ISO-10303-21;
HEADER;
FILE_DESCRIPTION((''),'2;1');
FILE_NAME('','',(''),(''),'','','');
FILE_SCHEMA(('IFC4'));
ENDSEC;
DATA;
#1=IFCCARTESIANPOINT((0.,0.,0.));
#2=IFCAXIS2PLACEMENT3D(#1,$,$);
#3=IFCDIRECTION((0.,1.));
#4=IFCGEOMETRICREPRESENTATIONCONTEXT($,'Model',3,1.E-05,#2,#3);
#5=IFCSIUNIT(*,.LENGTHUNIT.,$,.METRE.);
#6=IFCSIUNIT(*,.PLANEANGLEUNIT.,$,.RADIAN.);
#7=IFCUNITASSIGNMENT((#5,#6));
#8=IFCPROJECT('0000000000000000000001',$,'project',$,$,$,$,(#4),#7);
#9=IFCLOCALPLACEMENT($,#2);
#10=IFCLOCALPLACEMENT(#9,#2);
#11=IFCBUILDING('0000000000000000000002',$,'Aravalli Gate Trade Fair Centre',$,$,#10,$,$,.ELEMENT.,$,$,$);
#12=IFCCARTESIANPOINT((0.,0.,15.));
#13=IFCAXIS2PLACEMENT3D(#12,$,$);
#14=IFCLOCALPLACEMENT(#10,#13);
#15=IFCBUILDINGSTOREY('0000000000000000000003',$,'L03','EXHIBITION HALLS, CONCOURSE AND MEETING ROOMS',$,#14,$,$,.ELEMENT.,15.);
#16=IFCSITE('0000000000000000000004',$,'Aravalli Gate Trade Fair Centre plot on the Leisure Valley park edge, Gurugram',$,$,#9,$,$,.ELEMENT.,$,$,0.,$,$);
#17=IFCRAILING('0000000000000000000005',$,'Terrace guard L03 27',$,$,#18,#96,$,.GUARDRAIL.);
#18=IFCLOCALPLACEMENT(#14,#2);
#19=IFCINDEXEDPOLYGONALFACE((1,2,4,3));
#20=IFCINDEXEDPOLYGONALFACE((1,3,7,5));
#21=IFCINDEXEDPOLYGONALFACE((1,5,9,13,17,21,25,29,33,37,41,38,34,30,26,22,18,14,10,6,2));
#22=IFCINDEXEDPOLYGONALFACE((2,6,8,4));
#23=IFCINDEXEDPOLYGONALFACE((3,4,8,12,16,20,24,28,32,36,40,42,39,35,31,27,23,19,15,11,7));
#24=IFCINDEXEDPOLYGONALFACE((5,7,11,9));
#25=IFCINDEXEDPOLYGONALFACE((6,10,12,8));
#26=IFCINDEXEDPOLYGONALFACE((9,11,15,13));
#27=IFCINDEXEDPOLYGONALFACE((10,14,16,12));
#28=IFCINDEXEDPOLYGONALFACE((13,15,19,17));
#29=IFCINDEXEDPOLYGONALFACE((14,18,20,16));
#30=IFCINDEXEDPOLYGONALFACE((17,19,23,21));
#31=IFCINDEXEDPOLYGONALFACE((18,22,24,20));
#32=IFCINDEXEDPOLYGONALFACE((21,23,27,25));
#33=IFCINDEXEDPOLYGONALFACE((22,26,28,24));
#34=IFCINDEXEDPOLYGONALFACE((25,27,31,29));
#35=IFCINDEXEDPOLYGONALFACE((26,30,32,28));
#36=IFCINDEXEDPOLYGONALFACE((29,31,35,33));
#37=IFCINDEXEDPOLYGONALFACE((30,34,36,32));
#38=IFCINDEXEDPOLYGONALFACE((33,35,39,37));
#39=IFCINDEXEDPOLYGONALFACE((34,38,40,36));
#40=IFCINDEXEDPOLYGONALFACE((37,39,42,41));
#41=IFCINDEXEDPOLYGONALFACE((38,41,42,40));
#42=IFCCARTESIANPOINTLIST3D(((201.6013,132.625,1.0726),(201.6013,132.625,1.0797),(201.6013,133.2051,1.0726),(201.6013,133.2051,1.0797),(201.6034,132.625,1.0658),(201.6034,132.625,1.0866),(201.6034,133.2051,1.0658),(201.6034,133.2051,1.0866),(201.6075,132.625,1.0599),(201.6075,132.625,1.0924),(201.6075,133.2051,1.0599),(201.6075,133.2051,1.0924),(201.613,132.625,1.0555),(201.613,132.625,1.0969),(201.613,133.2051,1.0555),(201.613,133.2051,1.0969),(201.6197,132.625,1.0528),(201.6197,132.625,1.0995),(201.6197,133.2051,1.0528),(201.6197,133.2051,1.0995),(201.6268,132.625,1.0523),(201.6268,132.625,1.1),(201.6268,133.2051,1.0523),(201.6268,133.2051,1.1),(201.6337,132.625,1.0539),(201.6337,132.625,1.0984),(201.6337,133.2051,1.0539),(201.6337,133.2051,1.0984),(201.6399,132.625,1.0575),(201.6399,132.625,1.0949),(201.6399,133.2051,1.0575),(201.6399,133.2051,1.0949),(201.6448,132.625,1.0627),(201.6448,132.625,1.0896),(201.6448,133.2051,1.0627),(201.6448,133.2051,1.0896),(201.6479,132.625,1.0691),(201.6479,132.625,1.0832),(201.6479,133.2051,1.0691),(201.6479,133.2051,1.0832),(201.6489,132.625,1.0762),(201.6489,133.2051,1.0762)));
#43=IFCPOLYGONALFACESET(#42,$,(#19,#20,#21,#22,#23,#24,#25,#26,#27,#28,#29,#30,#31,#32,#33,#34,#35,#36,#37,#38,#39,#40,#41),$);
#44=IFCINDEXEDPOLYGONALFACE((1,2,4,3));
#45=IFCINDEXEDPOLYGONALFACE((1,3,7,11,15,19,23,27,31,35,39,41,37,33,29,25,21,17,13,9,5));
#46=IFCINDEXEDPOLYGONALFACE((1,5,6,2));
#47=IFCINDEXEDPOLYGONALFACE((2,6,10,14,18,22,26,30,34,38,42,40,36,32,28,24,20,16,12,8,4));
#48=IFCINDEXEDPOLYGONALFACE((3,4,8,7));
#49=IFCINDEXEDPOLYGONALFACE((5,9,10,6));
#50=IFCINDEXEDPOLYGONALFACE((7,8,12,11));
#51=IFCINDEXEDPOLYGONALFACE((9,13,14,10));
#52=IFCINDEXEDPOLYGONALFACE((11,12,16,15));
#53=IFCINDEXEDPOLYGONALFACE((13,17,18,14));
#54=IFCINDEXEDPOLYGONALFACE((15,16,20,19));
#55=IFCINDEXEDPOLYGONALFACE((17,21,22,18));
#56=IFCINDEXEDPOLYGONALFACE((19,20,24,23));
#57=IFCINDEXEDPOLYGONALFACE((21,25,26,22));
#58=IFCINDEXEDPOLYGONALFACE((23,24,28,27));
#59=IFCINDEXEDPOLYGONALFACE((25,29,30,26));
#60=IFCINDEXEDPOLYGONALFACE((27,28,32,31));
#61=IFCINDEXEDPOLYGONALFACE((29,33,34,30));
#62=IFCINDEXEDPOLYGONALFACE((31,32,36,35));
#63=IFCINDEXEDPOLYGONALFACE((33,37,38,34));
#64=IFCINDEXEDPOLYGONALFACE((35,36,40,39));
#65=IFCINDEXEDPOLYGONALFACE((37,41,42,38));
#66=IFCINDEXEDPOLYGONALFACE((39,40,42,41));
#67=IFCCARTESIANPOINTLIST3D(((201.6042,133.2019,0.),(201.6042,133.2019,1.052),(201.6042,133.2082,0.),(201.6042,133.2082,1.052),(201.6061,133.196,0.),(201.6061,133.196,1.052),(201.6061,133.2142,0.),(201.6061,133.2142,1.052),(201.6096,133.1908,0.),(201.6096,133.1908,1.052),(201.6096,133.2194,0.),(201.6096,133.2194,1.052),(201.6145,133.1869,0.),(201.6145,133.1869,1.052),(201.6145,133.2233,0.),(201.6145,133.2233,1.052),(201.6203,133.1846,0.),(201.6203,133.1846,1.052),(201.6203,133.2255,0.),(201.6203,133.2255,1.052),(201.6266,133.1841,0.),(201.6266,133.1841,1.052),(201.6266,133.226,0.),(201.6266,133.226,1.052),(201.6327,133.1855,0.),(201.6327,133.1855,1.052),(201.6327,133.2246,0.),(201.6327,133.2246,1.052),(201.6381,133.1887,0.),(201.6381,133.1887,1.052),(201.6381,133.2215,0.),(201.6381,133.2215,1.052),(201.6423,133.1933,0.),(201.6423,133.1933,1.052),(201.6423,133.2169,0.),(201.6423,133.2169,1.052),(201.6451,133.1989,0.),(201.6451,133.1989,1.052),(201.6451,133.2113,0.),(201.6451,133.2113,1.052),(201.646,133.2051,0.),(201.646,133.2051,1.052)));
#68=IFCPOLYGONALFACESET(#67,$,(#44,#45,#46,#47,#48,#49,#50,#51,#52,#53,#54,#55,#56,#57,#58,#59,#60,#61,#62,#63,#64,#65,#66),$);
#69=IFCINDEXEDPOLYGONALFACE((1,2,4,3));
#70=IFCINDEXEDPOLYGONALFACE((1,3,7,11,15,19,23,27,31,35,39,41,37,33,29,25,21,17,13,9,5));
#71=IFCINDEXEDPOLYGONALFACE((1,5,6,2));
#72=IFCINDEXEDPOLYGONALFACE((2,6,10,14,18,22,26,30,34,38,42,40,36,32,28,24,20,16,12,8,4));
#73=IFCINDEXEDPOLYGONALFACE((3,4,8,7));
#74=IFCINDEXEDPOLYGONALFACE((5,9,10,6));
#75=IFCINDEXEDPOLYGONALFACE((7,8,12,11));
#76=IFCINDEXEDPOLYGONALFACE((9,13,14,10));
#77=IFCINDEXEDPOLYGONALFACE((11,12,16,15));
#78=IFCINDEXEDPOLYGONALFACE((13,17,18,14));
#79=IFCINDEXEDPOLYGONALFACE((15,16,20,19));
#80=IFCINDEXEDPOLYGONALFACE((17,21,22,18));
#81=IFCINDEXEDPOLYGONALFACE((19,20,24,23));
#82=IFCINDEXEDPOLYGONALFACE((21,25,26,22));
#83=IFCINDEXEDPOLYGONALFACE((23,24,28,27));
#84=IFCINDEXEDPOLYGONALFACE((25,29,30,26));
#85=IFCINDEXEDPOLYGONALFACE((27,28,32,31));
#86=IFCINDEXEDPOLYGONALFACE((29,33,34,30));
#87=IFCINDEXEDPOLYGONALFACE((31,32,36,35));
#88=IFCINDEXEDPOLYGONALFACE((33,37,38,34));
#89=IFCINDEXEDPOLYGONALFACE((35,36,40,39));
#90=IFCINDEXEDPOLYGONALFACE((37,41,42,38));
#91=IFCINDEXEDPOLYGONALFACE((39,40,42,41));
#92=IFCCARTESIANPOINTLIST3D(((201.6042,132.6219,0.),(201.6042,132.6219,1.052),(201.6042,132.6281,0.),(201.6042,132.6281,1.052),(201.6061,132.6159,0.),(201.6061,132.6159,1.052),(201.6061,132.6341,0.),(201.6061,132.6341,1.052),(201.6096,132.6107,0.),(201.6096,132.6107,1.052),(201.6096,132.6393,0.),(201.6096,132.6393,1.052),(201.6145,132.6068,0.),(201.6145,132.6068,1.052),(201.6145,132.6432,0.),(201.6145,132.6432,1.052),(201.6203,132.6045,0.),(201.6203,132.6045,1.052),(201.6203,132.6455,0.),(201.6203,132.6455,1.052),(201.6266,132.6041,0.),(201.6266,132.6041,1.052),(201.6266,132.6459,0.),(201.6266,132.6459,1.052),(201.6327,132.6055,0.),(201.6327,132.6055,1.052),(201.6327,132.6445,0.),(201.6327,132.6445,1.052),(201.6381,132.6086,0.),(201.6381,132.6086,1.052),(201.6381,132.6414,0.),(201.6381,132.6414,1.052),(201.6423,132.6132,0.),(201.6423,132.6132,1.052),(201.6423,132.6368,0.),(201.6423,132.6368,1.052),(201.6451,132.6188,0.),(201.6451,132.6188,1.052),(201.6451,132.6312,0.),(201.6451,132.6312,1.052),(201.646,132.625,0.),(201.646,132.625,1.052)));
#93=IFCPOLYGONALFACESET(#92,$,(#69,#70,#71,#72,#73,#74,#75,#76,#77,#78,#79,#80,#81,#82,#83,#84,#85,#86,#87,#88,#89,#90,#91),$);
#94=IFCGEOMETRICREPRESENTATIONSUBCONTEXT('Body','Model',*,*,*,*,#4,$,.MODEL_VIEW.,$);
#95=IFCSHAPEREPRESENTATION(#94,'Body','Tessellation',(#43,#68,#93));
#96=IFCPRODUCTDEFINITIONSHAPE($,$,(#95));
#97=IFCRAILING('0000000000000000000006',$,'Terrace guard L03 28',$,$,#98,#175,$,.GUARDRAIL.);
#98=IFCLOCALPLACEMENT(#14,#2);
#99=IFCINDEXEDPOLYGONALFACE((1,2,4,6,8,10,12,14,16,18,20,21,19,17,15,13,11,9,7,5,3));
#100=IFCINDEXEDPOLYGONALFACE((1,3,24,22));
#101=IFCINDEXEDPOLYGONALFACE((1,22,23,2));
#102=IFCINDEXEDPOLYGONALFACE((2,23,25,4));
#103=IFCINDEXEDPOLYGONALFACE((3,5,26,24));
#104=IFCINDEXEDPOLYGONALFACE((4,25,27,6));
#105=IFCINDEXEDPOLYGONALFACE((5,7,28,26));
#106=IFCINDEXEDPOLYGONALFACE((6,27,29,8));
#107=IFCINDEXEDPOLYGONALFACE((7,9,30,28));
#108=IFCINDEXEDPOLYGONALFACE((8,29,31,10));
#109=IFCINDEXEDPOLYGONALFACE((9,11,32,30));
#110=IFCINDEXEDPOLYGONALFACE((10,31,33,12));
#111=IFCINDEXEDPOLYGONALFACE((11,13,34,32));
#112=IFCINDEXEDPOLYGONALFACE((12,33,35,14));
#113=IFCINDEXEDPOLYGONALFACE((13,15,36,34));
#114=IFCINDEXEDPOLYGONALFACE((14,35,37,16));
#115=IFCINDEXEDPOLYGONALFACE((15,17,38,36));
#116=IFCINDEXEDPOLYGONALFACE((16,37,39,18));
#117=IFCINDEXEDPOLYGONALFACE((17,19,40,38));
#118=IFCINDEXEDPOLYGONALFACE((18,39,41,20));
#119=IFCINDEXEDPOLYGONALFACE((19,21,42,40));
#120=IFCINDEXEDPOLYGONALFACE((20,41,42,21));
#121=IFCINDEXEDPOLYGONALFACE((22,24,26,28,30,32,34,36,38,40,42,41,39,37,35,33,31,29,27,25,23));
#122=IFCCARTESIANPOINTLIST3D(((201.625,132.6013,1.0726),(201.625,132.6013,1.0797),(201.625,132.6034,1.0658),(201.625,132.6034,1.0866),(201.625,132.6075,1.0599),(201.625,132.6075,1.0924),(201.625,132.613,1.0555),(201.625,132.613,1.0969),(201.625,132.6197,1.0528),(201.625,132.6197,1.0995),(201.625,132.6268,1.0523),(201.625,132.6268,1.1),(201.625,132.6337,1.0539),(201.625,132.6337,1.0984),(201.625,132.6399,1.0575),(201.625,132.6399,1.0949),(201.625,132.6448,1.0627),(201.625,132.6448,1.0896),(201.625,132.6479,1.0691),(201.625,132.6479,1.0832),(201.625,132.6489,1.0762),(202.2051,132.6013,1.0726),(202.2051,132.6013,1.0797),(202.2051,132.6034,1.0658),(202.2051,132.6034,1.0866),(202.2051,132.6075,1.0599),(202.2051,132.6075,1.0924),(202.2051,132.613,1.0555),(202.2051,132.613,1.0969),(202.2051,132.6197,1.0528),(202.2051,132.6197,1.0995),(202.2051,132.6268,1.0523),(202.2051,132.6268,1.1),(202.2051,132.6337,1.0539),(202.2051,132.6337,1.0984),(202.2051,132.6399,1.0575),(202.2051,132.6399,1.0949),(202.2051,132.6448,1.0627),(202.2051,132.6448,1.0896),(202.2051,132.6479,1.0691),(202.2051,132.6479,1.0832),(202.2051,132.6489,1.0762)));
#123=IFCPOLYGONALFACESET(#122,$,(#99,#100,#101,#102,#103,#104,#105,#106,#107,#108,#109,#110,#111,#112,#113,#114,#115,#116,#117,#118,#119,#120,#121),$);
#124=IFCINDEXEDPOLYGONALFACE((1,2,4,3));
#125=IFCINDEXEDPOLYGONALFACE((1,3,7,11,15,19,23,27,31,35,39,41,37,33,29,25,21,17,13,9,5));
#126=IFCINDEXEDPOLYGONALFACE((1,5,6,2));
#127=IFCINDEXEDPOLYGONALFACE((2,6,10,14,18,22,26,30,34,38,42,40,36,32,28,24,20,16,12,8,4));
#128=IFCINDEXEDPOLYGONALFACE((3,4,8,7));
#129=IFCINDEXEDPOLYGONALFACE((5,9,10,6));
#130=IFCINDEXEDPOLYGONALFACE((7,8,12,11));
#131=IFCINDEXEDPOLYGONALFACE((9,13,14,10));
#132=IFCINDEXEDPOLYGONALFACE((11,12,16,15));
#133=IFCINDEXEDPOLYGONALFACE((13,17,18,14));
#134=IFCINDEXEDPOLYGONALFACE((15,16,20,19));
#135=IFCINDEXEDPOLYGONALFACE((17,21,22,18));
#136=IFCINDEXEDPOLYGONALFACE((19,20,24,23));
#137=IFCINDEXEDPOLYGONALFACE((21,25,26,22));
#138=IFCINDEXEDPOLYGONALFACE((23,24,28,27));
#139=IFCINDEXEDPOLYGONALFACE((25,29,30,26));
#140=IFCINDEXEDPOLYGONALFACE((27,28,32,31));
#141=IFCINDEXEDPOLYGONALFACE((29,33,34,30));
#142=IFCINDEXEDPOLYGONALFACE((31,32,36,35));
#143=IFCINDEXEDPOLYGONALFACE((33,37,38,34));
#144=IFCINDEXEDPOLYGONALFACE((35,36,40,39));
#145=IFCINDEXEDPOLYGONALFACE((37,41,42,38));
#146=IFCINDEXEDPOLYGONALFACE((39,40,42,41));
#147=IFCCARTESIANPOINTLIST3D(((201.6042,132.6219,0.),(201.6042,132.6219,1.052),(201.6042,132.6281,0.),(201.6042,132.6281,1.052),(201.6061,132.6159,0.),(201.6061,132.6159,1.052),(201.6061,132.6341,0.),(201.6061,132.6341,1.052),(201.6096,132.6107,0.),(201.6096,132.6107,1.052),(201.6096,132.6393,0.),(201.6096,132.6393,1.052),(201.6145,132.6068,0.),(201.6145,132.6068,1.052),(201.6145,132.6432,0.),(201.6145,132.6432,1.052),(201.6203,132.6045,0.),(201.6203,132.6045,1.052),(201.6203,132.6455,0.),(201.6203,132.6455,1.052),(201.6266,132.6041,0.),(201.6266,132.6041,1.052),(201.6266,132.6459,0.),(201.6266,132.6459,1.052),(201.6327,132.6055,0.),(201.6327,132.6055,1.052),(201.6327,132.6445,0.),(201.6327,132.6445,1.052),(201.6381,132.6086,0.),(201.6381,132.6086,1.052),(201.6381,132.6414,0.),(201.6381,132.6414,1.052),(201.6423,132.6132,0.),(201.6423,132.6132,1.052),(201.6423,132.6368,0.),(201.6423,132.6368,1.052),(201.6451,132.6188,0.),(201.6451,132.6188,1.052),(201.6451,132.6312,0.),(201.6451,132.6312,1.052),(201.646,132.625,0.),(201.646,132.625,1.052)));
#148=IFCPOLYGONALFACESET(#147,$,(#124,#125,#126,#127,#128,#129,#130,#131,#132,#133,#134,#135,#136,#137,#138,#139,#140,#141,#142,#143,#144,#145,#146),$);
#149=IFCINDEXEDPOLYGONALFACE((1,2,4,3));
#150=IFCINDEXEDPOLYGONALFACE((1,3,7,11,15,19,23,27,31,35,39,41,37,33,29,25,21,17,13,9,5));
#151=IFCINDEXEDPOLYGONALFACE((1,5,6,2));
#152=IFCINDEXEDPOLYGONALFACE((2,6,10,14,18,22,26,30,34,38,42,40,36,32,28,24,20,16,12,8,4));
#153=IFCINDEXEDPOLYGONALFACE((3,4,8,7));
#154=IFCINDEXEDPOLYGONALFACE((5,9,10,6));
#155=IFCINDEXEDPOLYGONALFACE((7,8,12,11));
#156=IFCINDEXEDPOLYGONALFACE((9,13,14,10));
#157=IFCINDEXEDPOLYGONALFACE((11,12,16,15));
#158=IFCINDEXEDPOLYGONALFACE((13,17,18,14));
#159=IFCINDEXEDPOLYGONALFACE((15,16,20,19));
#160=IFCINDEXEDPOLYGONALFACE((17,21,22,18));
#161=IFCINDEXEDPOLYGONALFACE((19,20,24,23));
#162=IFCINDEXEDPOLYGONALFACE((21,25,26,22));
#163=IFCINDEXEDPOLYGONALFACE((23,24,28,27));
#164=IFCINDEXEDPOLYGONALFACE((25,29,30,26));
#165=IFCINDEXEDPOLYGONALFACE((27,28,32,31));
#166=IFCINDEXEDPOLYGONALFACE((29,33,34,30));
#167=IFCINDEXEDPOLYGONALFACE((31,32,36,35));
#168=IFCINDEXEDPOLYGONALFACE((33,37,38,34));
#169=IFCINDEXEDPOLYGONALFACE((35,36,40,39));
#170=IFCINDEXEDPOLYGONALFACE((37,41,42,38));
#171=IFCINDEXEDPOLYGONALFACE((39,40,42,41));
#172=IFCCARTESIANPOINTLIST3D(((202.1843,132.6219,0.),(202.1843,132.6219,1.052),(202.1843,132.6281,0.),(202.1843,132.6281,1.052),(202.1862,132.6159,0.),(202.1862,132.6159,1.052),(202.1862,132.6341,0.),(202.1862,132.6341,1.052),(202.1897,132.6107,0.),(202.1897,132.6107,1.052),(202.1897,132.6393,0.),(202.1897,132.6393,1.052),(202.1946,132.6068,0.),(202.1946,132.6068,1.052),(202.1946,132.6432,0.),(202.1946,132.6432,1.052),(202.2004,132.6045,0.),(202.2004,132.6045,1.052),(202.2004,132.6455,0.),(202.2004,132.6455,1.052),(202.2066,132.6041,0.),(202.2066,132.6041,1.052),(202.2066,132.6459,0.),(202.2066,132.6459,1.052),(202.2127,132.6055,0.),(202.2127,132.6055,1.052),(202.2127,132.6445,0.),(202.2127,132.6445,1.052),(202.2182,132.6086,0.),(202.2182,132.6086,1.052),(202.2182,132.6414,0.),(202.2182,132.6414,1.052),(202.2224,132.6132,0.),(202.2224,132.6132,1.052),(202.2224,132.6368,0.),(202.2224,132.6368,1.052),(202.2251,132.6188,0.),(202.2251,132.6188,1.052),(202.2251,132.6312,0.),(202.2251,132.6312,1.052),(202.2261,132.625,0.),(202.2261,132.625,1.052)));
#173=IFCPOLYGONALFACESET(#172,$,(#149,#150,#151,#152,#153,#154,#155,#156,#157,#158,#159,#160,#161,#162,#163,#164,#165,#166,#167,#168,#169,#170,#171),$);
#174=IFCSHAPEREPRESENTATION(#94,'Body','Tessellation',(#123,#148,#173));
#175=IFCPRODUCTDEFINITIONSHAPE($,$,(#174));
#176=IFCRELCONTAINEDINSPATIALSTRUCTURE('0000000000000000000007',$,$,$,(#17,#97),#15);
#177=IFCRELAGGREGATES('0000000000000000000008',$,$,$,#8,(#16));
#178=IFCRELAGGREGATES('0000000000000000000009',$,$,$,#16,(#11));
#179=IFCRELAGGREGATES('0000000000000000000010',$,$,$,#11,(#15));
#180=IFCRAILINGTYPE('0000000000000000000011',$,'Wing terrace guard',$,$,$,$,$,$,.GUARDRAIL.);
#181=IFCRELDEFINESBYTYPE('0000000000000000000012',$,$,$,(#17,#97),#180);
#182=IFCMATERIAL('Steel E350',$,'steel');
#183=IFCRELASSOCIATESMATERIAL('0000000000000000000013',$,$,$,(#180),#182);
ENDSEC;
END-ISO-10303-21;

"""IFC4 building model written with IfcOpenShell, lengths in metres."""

from ifc_helpers import new_model, si_unit, direction, frame, origin, origin_2d, place, context, subcontext, project, spatial, circle, extrude, material, type_object, element, save


model = new_model("IFC4")

# Units and contexts
model_context = context("Model", 3, precision=1e-05, world=origin(), true_north=direction((0.0, 1.0)))
body_context = subcontext(model_context, "Body", "Model", "MODEL_VIEW")
ifc_project = project(units=[si_unit("LENGTHUNIT", "METRE"), si_unit("PLANEANGLEUNIT", "RADIAN")], contexts=[model_context])

# Site, building, storey
site_placement = place(None, origin())
site = spatial("IfcSite", under=ifc_project, at=site_placement, Name="Aravalli Gate Trade Fair Centre plot on the Leisure Valley park edge, Gurugram", CompositionType="ELEMENT", RefElevation=0.0)
building_placement = place(site_placement, origin())
building = spatial("IfcBuilding", under=site, at=building_placement, Name="Aravalli Gate Trade Fair Centre", CompositionType="ELEMENT")
storey_placement = place(building_placement, frame((0.0, 0.0, 15.0)))
storey = spatial("IfcBuildingStorey", under=building, at=storey_placement, Name="L03", Description="EXHIBITION HALLS, CONCOURSE AND MEETING ROOMS", CompositionType="ELEMENT", Elevation=15.0)

# Shared definitions
ifc_material_1 = material(Name="Steel E350", Category="steel")

# Railings
railing_type = type_object("IfcRailingType", Name="Wing terrace guard", PredefinedType="GUARDRAIL", material=ifc_material_1)
railing_1_placement = place(storey_placement, frame((201.625, 133.2051, 0.0)))
element("IfcRailing", 1, at=railing_1_placement, inside=storey, type_object=railing_type, Name="Terrace guard L03 27", PredefinedType="GUARDRAIL", context=body_context, shape_type="SweptSolid", body=[
    extrude(circle(Radius=0.0239, at=origin_2d()), frame((0.0, 0.0, 1.0762), z_axis=(0.0, -1.0, 0.0), x_axis=(1.0, 0.0, 0.0)), (0.0, 0.0, 1.0), 0.5801),
    extrude(circle(Radius=0.021, at=origin_2d()), origin(), (0.0, 0.0, 1.0), 1.052),
    extrude(circle(Radius=0.021, at=origin_2d()), frame((0.0, -0.5801, 0.0)), (0.0, 0.0, 1.0), 1.052),
])
railing_2_placement = place(storey_placement, frame((201.625, 132.625, 0.0)))
element("IfcRailing", 2, at=railing_2_placement, inside=storey, type_object=railing_type, Name="Terrace guard L03 28", PredefinedType="GUARDRAIL", context=body_context, shape_type="SweptSolid", body=[
    extrude(circle(Radius=0.0239, at=origin_2d()), frame((0.0, 0.0, 1.0762), z_axis=(1.0, 0.0, 0.0), x_axis=(0.0, 1.0, 0.0)), (0.0, 0.0, 1.0), 0.5801),
    extrude(circle(Radius=0.021, at=origin_2d()), origin(), (0.0, 0.0, 1.0), 1.052),
    extrude(circle(Radius=0.021, at=origin_2d()), frame((0.5801, 0.0, 0.0)), (0.0, 0.0, 1.0), 1.052),
])

save(model, "model.ifc")
